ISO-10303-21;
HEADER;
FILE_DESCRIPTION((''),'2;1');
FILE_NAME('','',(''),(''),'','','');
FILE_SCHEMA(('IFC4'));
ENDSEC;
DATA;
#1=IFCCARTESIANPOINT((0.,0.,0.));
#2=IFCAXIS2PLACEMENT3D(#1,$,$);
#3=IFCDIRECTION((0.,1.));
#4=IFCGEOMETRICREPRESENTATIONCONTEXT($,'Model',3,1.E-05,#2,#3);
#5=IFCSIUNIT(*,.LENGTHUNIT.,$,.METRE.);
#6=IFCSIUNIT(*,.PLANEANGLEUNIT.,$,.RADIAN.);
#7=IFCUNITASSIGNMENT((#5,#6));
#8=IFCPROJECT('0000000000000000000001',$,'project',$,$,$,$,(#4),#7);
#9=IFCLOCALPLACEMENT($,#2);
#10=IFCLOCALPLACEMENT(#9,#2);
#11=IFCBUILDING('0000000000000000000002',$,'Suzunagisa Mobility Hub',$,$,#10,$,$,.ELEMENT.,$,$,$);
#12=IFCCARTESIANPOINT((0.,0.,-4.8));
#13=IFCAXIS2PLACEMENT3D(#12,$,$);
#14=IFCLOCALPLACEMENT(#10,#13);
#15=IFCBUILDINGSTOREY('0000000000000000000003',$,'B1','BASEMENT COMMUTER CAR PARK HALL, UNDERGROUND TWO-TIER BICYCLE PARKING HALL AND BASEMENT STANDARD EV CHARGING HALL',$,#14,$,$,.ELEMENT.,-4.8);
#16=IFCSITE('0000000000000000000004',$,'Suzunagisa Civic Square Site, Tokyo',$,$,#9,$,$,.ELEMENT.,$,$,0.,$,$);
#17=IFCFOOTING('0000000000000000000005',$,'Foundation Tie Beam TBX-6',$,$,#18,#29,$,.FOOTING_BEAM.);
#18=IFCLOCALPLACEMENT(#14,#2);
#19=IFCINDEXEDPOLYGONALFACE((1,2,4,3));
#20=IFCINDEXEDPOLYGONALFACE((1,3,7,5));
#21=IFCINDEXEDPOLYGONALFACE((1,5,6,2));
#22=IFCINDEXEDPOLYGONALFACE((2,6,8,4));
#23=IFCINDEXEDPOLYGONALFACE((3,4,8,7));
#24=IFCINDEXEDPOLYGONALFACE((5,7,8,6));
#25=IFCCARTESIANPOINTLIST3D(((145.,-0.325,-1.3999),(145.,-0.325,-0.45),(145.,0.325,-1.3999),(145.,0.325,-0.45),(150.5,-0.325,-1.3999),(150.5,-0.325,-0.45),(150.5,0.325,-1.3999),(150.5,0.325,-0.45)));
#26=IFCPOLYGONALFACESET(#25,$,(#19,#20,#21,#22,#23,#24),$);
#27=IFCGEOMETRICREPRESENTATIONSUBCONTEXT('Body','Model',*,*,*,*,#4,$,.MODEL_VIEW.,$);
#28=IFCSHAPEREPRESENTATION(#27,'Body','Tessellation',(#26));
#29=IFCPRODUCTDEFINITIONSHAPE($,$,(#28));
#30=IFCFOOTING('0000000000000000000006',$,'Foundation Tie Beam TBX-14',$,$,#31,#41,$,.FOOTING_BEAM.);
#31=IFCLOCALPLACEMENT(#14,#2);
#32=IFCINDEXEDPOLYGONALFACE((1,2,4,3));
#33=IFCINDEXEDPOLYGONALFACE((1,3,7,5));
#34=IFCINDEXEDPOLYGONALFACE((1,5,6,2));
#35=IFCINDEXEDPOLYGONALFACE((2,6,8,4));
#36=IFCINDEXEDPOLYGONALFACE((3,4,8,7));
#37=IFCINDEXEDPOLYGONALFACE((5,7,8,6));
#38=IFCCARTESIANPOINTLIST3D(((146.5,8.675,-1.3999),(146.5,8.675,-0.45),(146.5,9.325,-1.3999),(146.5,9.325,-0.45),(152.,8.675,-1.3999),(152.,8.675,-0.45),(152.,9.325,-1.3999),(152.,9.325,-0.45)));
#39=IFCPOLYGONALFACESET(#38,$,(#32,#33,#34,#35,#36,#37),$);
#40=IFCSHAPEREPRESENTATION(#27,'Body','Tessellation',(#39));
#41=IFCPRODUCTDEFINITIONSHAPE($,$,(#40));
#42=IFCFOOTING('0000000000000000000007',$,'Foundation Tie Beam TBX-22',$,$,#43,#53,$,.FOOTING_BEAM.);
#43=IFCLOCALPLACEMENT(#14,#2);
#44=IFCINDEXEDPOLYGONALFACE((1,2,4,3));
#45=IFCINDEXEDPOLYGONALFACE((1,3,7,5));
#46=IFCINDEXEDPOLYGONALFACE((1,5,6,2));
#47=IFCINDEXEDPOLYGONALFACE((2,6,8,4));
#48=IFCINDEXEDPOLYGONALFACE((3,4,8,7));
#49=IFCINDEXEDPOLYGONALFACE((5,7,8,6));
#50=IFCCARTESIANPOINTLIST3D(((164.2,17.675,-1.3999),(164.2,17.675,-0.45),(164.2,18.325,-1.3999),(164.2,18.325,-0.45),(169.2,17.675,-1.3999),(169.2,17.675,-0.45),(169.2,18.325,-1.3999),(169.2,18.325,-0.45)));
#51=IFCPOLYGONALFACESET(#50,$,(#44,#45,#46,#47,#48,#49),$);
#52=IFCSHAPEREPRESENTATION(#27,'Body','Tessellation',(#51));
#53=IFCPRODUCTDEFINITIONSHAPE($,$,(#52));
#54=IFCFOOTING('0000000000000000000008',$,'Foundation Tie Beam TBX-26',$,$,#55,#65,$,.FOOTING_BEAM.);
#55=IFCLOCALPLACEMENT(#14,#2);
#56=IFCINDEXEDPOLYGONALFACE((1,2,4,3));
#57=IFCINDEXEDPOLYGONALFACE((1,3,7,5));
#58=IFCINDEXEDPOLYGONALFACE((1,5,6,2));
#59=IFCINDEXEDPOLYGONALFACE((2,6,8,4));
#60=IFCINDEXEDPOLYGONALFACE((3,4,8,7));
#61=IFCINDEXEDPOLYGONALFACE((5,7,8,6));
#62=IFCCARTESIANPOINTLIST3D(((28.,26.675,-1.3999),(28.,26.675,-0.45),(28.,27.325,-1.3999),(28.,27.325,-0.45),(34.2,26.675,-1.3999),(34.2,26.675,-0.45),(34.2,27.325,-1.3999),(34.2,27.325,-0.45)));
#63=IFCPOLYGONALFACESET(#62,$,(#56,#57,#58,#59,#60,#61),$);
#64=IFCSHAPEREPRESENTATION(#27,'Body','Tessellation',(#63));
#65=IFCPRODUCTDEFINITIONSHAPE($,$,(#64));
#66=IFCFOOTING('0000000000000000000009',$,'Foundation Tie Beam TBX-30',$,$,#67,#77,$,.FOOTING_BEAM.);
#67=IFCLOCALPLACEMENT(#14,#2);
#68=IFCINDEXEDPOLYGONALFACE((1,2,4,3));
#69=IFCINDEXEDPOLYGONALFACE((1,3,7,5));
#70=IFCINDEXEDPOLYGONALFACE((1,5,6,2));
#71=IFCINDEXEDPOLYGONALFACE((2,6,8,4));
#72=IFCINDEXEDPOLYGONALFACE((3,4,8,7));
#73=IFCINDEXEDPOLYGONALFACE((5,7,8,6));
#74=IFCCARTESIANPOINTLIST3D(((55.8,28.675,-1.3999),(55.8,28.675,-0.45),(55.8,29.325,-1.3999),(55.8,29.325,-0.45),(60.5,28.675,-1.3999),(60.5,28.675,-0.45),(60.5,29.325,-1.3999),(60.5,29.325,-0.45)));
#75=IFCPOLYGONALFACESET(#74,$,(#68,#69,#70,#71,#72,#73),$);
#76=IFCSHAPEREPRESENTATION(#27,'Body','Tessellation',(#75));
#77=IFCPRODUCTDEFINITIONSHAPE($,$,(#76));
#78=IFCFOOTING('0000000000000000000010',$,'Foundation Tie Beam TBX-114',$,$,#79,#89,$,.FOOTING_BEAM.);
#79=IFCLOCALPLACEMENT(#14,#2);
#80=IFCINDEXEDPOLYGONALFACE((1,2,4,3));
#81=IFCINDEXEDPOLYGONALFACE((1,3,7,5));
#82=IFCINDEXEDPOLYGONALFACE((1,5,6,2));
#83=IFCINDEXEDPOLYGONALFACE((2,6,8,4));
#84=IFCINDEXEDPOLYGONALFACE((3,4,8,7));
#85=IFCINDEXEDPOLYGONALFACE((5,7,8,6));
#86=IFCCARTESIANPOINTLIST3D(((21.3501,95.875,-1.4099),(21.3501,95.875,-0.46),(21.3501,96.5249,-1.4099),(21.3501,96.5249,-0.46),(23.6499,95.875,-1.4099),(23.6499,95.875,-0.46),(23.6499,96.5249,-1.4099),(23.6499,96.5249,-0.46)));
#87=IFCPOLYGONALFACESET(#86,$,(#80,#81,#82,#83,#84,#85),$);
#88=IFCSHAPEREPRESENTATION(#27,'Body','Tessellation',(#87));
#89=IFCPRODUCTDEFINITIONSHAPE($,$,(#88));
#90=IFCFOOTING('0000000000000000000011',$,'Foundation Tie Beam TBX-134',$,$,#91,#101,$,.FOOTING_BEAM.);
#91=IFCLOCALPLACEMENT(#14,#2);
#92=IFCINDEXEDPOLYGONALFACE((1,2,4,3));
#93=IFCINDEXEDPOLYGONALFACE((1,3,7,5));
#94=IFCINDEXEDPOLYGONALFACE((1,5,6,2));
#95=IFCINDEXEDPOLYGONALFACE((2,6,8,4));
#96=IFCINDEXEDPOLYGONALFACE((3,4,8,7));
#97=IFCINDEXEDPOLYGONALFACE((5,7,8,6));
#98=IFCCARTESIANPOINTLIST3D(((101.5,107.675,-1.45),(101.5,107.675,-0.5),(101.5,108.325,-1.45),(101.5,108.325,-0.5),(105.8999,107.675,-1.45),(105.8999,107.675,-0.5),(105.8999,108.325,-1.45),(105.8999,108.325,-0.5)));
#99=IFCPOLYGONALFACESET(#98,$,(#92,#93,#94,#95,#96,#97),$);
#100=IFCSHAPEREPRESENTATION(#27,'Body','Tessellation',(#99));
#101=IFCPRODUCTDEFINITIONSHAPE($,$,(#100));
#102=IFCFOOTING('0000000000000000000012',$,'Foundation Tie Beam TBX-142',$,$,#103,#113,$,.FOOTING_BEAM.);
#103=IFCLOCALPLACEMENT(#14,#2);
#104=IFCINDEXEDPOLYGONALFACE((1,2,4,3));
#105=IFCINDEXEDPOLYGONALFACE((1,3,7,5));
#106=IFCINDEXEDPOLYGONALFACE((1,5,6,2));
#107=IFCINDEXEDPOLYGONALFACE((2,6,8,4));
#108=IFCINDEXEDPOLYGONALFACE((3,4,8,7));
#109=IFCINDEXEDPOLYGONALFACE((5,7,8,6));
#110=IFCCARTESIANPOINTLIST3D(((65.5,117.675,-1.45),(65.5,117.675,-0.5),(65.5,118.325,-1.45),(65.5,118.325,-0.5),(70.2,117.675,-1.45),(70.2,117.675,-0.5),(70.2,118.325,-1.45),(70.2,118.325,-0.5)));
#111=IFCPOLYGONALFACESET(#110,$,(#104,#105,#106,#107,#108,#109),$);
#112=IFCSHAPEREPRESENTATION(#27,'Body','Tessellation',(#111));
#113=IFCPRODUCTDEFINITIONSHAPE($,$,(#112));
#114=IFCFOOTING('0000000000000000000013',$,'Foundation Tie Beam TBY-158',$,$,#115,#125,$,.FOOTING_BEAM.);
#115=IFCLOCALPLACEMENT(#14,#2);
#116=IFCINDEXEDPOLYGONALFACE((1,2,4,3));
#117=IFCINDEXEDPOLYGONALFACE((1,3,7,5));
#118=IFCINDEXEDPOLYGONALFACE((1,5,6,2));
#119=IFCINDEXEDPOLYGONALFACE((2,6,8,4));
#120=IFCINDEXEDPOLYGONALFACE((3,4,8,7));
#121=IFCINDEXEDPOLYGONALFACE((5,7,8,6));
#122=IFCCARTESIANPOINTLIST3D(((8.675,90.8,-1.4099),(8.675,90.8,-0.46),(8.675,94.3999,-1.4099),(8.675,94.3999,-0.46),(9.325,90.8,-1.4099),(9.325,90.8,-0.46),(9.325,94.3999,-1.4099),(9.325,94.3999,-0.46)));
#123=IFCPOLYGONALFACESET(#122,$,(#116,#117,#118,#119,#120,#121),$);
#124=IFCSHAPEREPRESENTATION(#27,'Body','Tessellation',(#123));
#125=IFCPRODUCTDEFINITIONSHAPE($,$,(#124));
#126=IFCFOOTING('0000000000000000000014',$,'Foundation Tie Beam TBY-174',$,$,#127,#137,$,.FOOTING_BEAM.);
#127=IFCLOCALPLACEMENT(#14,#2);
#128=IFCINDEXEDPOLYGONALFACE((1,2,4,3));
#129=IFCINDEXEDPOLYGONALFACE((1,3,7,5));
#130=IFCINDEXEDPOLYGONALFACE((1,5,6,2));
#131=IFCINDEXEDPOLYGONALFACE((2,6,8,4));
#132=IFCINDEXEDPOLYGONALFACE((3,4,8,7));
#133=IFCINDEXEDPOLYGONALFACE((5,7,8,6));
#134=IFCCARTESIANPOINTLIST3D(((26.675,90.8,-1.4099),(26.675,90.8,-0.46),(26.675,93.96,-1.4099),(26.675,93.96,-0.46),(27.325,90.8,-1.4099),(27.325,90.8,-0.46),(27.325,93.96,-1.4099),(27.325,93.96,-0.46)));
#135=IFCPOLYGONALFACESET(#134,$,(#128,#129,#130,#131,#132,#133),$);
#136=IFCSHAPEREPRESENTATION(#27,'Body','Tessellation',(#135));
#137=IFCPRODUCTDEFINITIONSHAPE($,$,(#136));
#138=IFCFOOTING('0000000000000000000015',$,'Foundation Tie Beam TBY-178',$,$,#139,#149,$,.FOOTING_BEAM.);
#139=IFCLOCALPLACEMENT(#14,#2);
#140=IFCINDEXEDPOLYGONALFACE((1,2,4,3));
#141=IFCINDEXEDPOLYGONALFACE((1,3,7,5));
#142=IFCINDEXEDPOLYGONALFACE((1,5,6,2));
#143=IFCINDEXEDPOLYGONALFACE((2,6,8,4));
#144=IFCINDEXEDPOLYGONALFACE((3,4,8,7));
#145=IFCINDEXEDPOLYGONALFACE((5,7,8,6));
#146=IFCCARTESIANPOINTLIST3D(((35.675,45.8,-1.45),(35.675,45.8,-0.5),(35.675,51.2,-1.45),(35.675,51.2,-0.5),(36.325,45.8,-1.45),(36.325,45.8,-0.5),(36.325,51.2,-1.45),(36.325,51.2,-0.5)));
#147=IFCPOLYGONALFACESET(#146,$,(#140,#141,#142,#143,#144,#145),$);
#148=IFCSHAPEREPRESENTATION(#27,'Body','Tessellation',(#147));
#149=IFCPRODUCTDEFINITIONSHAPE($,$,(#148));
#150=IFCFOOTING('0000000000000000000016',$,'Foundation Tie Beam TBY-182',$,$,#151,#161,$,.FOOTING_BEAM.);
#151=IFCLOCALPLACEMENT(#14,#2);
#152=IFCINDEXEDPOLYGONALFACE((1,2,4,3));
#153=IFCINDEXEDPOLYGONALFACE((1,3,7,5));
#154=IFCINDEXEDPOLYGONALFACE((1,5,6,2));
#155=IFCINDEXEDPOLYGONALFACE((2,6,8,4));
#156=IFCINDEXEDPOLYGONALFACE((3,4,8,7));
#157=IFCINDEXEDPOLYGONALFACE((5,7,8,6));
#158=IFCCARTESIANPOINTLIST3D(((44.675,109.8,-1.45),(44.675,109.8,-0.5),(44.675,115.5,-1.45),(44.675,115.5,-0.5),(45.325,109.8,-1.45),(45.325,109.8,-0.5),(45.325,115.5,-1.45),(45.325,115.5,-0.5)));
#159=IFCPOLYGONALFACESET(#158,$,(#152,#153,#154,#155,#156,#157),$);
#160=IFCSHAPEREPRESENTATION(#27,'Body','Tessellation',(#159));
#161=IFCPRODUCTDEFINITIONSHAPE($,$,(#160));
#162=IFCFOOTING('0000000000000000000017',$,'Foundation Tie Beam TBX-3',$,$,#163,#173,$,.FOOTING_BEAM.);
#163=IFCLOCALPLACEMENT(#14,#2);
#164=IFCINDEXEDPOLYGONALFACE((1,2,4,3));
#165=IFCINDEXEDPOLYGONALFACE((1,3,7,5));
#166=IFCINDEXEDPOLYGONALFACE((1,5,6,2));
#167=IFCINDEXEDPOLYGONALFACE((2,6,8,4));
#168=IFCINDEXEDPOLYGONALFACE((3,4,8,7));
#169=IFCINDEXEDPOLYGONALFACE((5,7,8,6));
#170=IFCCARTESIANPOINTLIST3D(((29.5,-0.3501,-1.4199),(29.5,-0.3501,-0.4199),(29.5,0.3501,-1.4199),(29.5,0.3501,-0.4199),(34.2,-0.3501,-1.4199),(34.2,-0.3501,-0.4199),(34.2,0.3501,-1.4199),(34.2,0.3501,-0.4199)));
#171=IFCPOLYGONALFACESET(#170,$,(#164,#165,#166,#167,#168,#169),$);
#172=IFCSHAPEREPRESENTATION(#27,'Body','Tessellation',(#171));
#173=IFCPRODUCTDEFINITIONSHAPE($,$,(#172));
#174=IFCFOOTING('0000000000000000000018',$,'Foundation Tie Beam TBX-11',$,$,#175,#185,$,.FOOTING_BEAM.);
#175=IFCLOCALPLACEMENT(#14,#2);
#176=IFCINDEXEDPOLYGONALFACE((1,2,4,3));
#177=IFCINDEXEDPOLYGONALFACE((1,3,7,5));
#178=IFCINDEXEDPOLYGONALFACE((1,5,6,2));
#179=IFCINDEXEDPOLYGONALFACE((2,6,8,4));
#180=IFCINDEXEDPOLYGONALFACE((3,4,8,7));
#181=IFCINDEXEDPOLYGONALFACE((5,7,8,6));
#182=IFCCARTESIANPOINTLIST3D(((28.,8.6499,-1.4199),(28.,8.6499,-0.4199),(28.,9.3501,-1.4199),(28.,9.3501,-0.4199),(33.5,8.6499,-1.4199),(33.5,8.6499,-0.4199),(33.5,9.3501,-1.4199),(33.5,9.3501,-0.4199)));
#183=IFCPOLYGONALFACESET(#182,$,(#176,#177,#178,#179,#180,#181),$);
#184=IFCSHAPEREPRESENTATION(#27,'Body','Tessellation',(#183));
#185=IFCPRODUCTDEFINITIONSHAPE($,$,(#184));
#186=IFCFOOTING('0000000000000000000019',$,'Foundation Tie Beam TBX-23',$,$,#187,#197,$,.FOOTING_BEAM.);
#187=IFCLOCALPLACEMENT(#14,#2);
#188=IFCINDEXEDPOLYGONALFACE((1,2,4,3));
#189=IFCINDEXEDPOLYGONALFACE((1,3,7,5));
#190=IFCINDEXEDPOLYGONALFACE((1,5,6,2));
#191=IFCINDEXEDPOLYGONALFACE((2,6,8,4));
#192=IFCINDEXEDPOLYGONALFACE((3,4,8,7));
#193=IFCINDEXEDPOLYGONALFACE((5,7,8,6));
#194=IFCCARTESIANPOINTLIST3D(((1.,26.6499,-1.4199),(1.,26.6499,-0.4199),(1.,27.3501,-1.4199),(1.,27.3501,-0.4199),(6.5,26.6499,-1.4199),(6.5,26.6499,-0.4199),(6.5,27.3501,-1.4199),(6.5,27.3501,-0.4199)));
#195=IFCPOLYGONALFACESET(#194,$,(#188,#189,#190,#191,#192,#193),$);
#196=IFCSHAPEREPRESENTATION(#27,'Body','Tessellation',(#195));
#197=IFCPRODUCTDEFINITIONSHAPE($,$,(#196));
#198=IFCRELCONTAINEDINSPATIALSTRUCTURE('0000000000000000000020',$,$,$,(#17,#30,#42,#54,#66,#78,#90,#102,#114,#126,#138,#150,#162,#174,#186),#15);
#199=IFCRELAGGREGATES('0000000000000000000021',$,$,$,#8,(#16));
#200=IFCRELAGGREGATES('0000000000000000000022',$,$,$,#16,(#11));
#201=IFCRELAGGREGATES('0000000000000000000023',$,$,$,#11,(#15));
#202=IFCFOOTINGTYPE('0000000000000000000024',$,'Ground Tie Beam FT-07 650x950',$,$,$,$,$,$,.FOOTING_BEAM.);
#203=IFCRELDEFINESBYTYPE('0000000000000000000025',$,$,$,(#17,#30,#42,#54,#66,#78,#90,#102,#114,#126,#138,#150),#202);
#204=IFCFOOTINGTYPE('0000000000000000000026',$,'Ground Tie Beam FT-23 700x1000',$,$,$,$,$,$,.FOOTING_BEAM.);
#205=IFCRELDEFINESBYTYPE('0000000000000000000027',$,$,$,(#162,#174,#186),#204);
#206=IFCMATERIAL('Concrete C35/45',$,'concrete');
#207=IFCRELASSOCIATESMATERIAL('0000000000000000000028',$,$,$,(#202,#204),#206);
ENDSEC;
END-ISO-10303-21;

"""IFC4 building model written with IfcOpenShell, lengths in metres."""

from ifc_helpers import new_model, si_unit, direction, frame, origin, place, context, subcontext, project, spatial, polyline, outline, extrude, material, type_object, element, save


model = new_model("IFC4")

# Units and contexts
model_context = context("Model", 3, precision=1e-05, world=origin(), true_north=direction((0.0, 1.0)))
body_context = subcontext(model_context, "Body", "Model", "MODEL_VIEW")
ifc_project = project(units=[si_unit("LENGTHUNIT", "METRE"), si_unit("PLANEANGLEUNIT", "RADIAN")], contexts=[model_context])

# Site, building, storey
site_placement = place(None, origin())
site = spatial("IfcSite", under=ifc_project, at=site_placement, Name="Suzunagisa Civic Square Site, Tokyo", CompositionType="ELEMENT", RefElevation=0.0)
building_placement = place(site_placement, origin())
building = spatial("IfcBuilding", under=site, at=building_placement, Name="Suzunagisa Mobility Hub", CompositionType="ELEMENT")
storey_placement = place(building_placement, frame((0.0, 0.0, -4.8)))
storey = spatial("IfcBuildingStorey", under=building, at=storey_placement, Name="B1", Description="BASEMENT COMMUTER CAR PARK HALL, UNDERGROUND TWO-TIER BICYCLE PARKING HALL AND BASEMENT STANDARD EV CHARGING HALL", CompositionType="ELEMENT", Elevation=-4.8)

# Footings
ifc_material = material(Name="Concrete C35/45", Category="concrete")
footing_type_1 = type_object("IfcFootingType", Name="Ground Tie Beam FT-07 650x950", PredefinedType="FOOTING_BEAM", material=ifc_material)
footing_1_placement = place(storey_placement, frame((0.0, 0.0, -1.3999)))
element("IfcFooting", 1, at=footing_1_placement, inside=storey, type_object=footing_type_1, Name="Foundation Tie Beam TBX-6", PredefinedType="FOOTING_BEAM", context=body_context, shape_type="SweptSolid", body=[
    extrude(outline(polyline([(145.0, -0.325), (150.5, -0.325), (150.5, 0.325), (145.0, 0.325), (145.0, -0.325)])), origin(), (0.0, 0.0, 1.0), 0.95),
])
footing_2_placement = place(storey_placement, frame((0.0, 0.0, -1.3999)))
element("IfcFooting", 2, at=footing_2_placement, inside=storey, type_object=footing_type_1, Name="Foundation Tie Beam TBX-14", PredefinedType="FOOTING_BEAM", context=body_context, shape_type="SweptSolid", body=[
    extrude(outline(polyline([(146.5, 8.675), (152.0, 8.675), (152.0, 9.325), (146.5, 9.325), (146.5, 8.675)])), origin(), (0.0, 0.0, 1.0), 0.95),
])
footing_3_placement = place(storey_placement, frame((0.0, 0.0, -1.3999)))
element("IfcFooting", 3, at=footing_3_placement, inside=storey, type_object=footing_type_1, Name="Foundation Tie Beam TBX-22", PredefinedType="FOOTING_BEAM", context=body_context, shape_type="SweptSolid", body=[
    extrude(outline(polyline([(164.2, 17.675), (169.2, 17.675), (169.2, 18.325), (164.2, 18.325), (164.2, 17.675)])), origin(), (0.0, 0.0, 1.0), 0.95),
])
footing_4_placement = place(storey_placement, frame((0.0, 0.0, -1.3999)))
element("IfcFooting", 4, at=footing_4_placement, inside=storey, type_object=footing_type_1, Name="Foundation Tie Beam TBX-26", PredefinedType="FOOTING_BEAM", context=body_context, shape_type="SweptSolid", body=[
    extrude(outline(polyline([(28.0, 26.675), (34.2, 26.675), (34.2, 27.325), (28.0, 27.325), (28.0, 26.675)])), origin(), (0.0, 0.0, 1.0), 0.95),
])
footing_5_placement = place(storey_placement, frame((0.0, 0.0, -1.3999)))
element("IfcFooting", 5, at=footing_5_placement, inside=storey, type_object=footing_type_1, Name="Foundation Tie Beam TBX-30", PredefinedType="FOOTING_BEAM", context=body_context, shape_type="SweptSolid", body=[
    extrude(outline(polyline([(55.8, 28.675), (60.5, 28.675), (60.5, 29.325), (55.8, 29.325), (55.8, 28.675)])), origin(), (0.0, 0.0, 1.0), 0.95),
])
footing_6_placement = place(storey_placement, frame((0.0, 0.0, -1.4099)))
element("IfcFooting", 6, at=footing_6_placement, inside=storey, type_object=footing_type_1, Name="Foundation Tie Beam TBX-114", PredefinedType="FOOTING_BEAM", context=body_context, shape_type="SweptSolid", body=[
    extrude(outline(polyline([(21.3501, 95.875), (23.6499, 95.875), (23.6499, 96.5249), (21.3501, 96.5249), (21.3501, 95.875)])), origin(), (0.0, 0.0, 1.0), 0.95),
])
footing_7_placement = place(storey_placement, frame((0.0, 0.0, -1.45)))
element("IfcFooting", 7, at=footing_7_placement, inside=storey, type_object=footing_type_1, Name="Foundation Tie Beam TBX-134", PredefinedType="FOOTING_BEAM", context=body_context, shape_type="SweptSolid", body=[
    extrude(outline(polyline([(101.5, 107.675), (105.8999, 107.675), (105.8999, 108.325), (101.5, 108.325), (101.5, 107.675)])), origin(), (0.0, 0.0, 1.0), 0.95),
])
footing_8_placement = place(storey_placement, frame((0.0, 0.0, -1.45)))
element("IfcFooting", 8, at=footing_8_placement, inside=storey, type_object=footing_type_1, Name="Foundation Tie Beam TBX-142", PredefinedType="FOOTING_BEAM", context=body_context, shape_type="SweptSolid", body=[
    extrude(outline(polyline([(65.5, 117.675), (70.2, 117.675), (70.2, 118.325), (65.5, 118.325), (65.5, 117.675)])), origin(), (0.0, 0.0, 1.0), 0.95),
])
footing_9_placement = place(storey_placement, frame((0.0, 0.0, -1.4099)))
element("IfcFooting", 9, at=footing_9_placement, inside=storey, type_object=footing_type_1, Name="Foundation Tie Beam TBY-158", PredefinedType="FOOTING_BEAM", context=body_context, shape_type="SweptSolid", body=[
    extrude(outline(polyline([(8.675, 90.8), (9.325, 90.8), (9.325, 94.3999), (8.675, 94.3999), (8.675, 90.8)])), origin(), (0.0, 0.0, 1.0), 0.95),
])
footing_10_placement = place(storey_placement, frame((0.0, 0.0, -1.4099)))
element("IfcFooting", 10, at=footing_10_placement, inside=storey, type_object=footing_type_1, Name="Foundation Tie Beam TBY-174", PredefinedType="FOOTING_BEAM", context=body_context, shape_type="SweptSolid", body=[
    extrude(outline(polyline([(26.675, 90.8), (27.325, 90.8), (27.325, 93.96), (26.675, 93.96), (26.675, 90.8)])), origin(), (0.0, 0.0, 1.0), 0.95),
])
footing_11_placement = place(storey_placement, frame((0.0, 0.0, -1.45)))
element("IfcFooting", 11, at=footing_11_placement, inside=storey, type_object=footing_type_1, Name="Foundation Tie Beam TBY-178", PredefinedType="FOOTING_BEAM", context=body_context, shape_type="SweptSolid", body=[
    extrude(outline(polyline([(35.675, 45.8), (36.325, 45.8), (36.325, 51.2), (35.675, 51.2), (35.675, 45.8)])), origin(), (0.0, 0.0, 1.0), 0.95),
])
footing_12_placement = place(storey_placement, frame((0.0, 0.0, -1.45)))
element("IfcFooting", 12, at=footing_12_placement, inside=storey, type_object=footing_type_1, Name="Foundation Tie Beam TBY-182", PredefinedType="FOOTING_BEAM", context=body_context, shape_type="SweptSolid", body=[
    extrude(outline(polyline([(44.675, 109.8), (45.325, 109.8), (45.325, 115.5), (44.675, 115.5), (44.675, 109.8)])), origin(), (0.0, 0.0, 1.0), 0.95),
])
footing_type_2 = type_object("IfcFootingType", Name="Ground Tie Beam FT-23 700x1000", PredefinedType="FOOTING_BEAM", material=ifc_material)
footing_13_placement = place(storey_placement, frame((0.0, 0.0, -1.4199)))
element("IfcFooting", 13, at=footing_13_placement, inside=storey, type_object=footing_type_2, Name="Foundation Tie Beam TBX-3", PredefinedType="FOOTING_BEAM", context=body_context, shape_type="SweptSolid", body=[
    extrude(outline(polyline([(29.5, -0.3501), (34.2, -0.3501), (34.2, 0.3501), (29.5, 0.3501), (29.5, -0.3501)])), origin(), (0.0, 0.0, 1.0), 1.0),
])
footing_14_placement = place(storey_placement, frame((0.0, 0.0, -1.4199)))
element("IfcFooting", 14, at=footing_14_placement, inside=storey, type_object=footing_type_2, Name="Foundation Tie Beam TBX-11", PredefinedType="FOOTING_BEAM", context=body_context, shape_type="SweptSolid", body=[
    extrude(outline(polyline([(28.0, 8.6499), (33.5, 8.6499), (33.5, 9.3501), (28.0, 9.3501), (28.0, 8.6499)])), origin(), (0.0, 0.0, 1.0), 1.0),
])
footing_15_placement = place(storey_placement, frame((0.0, 0.0, -1.4199)))
element("IfcFooting", 15, at=footing_15_placement, inside=storey, type_object=footing_type_2, Name="Foundation Tie Beam TBX-23", PredefinedType="FOOTING_BEAM", context=body_context, shape_type="SweptSolid", body=[
    extrude(outline(polyline([(1.0, 26.6499), (6.5, 26.6499), (6.5, 27.3501), (1.0, 27.3501), (1.0, 26.6499)])), origin(), (0.0, 0.0, 1.0), 1.0),
])

save(model, "model.ifc")
